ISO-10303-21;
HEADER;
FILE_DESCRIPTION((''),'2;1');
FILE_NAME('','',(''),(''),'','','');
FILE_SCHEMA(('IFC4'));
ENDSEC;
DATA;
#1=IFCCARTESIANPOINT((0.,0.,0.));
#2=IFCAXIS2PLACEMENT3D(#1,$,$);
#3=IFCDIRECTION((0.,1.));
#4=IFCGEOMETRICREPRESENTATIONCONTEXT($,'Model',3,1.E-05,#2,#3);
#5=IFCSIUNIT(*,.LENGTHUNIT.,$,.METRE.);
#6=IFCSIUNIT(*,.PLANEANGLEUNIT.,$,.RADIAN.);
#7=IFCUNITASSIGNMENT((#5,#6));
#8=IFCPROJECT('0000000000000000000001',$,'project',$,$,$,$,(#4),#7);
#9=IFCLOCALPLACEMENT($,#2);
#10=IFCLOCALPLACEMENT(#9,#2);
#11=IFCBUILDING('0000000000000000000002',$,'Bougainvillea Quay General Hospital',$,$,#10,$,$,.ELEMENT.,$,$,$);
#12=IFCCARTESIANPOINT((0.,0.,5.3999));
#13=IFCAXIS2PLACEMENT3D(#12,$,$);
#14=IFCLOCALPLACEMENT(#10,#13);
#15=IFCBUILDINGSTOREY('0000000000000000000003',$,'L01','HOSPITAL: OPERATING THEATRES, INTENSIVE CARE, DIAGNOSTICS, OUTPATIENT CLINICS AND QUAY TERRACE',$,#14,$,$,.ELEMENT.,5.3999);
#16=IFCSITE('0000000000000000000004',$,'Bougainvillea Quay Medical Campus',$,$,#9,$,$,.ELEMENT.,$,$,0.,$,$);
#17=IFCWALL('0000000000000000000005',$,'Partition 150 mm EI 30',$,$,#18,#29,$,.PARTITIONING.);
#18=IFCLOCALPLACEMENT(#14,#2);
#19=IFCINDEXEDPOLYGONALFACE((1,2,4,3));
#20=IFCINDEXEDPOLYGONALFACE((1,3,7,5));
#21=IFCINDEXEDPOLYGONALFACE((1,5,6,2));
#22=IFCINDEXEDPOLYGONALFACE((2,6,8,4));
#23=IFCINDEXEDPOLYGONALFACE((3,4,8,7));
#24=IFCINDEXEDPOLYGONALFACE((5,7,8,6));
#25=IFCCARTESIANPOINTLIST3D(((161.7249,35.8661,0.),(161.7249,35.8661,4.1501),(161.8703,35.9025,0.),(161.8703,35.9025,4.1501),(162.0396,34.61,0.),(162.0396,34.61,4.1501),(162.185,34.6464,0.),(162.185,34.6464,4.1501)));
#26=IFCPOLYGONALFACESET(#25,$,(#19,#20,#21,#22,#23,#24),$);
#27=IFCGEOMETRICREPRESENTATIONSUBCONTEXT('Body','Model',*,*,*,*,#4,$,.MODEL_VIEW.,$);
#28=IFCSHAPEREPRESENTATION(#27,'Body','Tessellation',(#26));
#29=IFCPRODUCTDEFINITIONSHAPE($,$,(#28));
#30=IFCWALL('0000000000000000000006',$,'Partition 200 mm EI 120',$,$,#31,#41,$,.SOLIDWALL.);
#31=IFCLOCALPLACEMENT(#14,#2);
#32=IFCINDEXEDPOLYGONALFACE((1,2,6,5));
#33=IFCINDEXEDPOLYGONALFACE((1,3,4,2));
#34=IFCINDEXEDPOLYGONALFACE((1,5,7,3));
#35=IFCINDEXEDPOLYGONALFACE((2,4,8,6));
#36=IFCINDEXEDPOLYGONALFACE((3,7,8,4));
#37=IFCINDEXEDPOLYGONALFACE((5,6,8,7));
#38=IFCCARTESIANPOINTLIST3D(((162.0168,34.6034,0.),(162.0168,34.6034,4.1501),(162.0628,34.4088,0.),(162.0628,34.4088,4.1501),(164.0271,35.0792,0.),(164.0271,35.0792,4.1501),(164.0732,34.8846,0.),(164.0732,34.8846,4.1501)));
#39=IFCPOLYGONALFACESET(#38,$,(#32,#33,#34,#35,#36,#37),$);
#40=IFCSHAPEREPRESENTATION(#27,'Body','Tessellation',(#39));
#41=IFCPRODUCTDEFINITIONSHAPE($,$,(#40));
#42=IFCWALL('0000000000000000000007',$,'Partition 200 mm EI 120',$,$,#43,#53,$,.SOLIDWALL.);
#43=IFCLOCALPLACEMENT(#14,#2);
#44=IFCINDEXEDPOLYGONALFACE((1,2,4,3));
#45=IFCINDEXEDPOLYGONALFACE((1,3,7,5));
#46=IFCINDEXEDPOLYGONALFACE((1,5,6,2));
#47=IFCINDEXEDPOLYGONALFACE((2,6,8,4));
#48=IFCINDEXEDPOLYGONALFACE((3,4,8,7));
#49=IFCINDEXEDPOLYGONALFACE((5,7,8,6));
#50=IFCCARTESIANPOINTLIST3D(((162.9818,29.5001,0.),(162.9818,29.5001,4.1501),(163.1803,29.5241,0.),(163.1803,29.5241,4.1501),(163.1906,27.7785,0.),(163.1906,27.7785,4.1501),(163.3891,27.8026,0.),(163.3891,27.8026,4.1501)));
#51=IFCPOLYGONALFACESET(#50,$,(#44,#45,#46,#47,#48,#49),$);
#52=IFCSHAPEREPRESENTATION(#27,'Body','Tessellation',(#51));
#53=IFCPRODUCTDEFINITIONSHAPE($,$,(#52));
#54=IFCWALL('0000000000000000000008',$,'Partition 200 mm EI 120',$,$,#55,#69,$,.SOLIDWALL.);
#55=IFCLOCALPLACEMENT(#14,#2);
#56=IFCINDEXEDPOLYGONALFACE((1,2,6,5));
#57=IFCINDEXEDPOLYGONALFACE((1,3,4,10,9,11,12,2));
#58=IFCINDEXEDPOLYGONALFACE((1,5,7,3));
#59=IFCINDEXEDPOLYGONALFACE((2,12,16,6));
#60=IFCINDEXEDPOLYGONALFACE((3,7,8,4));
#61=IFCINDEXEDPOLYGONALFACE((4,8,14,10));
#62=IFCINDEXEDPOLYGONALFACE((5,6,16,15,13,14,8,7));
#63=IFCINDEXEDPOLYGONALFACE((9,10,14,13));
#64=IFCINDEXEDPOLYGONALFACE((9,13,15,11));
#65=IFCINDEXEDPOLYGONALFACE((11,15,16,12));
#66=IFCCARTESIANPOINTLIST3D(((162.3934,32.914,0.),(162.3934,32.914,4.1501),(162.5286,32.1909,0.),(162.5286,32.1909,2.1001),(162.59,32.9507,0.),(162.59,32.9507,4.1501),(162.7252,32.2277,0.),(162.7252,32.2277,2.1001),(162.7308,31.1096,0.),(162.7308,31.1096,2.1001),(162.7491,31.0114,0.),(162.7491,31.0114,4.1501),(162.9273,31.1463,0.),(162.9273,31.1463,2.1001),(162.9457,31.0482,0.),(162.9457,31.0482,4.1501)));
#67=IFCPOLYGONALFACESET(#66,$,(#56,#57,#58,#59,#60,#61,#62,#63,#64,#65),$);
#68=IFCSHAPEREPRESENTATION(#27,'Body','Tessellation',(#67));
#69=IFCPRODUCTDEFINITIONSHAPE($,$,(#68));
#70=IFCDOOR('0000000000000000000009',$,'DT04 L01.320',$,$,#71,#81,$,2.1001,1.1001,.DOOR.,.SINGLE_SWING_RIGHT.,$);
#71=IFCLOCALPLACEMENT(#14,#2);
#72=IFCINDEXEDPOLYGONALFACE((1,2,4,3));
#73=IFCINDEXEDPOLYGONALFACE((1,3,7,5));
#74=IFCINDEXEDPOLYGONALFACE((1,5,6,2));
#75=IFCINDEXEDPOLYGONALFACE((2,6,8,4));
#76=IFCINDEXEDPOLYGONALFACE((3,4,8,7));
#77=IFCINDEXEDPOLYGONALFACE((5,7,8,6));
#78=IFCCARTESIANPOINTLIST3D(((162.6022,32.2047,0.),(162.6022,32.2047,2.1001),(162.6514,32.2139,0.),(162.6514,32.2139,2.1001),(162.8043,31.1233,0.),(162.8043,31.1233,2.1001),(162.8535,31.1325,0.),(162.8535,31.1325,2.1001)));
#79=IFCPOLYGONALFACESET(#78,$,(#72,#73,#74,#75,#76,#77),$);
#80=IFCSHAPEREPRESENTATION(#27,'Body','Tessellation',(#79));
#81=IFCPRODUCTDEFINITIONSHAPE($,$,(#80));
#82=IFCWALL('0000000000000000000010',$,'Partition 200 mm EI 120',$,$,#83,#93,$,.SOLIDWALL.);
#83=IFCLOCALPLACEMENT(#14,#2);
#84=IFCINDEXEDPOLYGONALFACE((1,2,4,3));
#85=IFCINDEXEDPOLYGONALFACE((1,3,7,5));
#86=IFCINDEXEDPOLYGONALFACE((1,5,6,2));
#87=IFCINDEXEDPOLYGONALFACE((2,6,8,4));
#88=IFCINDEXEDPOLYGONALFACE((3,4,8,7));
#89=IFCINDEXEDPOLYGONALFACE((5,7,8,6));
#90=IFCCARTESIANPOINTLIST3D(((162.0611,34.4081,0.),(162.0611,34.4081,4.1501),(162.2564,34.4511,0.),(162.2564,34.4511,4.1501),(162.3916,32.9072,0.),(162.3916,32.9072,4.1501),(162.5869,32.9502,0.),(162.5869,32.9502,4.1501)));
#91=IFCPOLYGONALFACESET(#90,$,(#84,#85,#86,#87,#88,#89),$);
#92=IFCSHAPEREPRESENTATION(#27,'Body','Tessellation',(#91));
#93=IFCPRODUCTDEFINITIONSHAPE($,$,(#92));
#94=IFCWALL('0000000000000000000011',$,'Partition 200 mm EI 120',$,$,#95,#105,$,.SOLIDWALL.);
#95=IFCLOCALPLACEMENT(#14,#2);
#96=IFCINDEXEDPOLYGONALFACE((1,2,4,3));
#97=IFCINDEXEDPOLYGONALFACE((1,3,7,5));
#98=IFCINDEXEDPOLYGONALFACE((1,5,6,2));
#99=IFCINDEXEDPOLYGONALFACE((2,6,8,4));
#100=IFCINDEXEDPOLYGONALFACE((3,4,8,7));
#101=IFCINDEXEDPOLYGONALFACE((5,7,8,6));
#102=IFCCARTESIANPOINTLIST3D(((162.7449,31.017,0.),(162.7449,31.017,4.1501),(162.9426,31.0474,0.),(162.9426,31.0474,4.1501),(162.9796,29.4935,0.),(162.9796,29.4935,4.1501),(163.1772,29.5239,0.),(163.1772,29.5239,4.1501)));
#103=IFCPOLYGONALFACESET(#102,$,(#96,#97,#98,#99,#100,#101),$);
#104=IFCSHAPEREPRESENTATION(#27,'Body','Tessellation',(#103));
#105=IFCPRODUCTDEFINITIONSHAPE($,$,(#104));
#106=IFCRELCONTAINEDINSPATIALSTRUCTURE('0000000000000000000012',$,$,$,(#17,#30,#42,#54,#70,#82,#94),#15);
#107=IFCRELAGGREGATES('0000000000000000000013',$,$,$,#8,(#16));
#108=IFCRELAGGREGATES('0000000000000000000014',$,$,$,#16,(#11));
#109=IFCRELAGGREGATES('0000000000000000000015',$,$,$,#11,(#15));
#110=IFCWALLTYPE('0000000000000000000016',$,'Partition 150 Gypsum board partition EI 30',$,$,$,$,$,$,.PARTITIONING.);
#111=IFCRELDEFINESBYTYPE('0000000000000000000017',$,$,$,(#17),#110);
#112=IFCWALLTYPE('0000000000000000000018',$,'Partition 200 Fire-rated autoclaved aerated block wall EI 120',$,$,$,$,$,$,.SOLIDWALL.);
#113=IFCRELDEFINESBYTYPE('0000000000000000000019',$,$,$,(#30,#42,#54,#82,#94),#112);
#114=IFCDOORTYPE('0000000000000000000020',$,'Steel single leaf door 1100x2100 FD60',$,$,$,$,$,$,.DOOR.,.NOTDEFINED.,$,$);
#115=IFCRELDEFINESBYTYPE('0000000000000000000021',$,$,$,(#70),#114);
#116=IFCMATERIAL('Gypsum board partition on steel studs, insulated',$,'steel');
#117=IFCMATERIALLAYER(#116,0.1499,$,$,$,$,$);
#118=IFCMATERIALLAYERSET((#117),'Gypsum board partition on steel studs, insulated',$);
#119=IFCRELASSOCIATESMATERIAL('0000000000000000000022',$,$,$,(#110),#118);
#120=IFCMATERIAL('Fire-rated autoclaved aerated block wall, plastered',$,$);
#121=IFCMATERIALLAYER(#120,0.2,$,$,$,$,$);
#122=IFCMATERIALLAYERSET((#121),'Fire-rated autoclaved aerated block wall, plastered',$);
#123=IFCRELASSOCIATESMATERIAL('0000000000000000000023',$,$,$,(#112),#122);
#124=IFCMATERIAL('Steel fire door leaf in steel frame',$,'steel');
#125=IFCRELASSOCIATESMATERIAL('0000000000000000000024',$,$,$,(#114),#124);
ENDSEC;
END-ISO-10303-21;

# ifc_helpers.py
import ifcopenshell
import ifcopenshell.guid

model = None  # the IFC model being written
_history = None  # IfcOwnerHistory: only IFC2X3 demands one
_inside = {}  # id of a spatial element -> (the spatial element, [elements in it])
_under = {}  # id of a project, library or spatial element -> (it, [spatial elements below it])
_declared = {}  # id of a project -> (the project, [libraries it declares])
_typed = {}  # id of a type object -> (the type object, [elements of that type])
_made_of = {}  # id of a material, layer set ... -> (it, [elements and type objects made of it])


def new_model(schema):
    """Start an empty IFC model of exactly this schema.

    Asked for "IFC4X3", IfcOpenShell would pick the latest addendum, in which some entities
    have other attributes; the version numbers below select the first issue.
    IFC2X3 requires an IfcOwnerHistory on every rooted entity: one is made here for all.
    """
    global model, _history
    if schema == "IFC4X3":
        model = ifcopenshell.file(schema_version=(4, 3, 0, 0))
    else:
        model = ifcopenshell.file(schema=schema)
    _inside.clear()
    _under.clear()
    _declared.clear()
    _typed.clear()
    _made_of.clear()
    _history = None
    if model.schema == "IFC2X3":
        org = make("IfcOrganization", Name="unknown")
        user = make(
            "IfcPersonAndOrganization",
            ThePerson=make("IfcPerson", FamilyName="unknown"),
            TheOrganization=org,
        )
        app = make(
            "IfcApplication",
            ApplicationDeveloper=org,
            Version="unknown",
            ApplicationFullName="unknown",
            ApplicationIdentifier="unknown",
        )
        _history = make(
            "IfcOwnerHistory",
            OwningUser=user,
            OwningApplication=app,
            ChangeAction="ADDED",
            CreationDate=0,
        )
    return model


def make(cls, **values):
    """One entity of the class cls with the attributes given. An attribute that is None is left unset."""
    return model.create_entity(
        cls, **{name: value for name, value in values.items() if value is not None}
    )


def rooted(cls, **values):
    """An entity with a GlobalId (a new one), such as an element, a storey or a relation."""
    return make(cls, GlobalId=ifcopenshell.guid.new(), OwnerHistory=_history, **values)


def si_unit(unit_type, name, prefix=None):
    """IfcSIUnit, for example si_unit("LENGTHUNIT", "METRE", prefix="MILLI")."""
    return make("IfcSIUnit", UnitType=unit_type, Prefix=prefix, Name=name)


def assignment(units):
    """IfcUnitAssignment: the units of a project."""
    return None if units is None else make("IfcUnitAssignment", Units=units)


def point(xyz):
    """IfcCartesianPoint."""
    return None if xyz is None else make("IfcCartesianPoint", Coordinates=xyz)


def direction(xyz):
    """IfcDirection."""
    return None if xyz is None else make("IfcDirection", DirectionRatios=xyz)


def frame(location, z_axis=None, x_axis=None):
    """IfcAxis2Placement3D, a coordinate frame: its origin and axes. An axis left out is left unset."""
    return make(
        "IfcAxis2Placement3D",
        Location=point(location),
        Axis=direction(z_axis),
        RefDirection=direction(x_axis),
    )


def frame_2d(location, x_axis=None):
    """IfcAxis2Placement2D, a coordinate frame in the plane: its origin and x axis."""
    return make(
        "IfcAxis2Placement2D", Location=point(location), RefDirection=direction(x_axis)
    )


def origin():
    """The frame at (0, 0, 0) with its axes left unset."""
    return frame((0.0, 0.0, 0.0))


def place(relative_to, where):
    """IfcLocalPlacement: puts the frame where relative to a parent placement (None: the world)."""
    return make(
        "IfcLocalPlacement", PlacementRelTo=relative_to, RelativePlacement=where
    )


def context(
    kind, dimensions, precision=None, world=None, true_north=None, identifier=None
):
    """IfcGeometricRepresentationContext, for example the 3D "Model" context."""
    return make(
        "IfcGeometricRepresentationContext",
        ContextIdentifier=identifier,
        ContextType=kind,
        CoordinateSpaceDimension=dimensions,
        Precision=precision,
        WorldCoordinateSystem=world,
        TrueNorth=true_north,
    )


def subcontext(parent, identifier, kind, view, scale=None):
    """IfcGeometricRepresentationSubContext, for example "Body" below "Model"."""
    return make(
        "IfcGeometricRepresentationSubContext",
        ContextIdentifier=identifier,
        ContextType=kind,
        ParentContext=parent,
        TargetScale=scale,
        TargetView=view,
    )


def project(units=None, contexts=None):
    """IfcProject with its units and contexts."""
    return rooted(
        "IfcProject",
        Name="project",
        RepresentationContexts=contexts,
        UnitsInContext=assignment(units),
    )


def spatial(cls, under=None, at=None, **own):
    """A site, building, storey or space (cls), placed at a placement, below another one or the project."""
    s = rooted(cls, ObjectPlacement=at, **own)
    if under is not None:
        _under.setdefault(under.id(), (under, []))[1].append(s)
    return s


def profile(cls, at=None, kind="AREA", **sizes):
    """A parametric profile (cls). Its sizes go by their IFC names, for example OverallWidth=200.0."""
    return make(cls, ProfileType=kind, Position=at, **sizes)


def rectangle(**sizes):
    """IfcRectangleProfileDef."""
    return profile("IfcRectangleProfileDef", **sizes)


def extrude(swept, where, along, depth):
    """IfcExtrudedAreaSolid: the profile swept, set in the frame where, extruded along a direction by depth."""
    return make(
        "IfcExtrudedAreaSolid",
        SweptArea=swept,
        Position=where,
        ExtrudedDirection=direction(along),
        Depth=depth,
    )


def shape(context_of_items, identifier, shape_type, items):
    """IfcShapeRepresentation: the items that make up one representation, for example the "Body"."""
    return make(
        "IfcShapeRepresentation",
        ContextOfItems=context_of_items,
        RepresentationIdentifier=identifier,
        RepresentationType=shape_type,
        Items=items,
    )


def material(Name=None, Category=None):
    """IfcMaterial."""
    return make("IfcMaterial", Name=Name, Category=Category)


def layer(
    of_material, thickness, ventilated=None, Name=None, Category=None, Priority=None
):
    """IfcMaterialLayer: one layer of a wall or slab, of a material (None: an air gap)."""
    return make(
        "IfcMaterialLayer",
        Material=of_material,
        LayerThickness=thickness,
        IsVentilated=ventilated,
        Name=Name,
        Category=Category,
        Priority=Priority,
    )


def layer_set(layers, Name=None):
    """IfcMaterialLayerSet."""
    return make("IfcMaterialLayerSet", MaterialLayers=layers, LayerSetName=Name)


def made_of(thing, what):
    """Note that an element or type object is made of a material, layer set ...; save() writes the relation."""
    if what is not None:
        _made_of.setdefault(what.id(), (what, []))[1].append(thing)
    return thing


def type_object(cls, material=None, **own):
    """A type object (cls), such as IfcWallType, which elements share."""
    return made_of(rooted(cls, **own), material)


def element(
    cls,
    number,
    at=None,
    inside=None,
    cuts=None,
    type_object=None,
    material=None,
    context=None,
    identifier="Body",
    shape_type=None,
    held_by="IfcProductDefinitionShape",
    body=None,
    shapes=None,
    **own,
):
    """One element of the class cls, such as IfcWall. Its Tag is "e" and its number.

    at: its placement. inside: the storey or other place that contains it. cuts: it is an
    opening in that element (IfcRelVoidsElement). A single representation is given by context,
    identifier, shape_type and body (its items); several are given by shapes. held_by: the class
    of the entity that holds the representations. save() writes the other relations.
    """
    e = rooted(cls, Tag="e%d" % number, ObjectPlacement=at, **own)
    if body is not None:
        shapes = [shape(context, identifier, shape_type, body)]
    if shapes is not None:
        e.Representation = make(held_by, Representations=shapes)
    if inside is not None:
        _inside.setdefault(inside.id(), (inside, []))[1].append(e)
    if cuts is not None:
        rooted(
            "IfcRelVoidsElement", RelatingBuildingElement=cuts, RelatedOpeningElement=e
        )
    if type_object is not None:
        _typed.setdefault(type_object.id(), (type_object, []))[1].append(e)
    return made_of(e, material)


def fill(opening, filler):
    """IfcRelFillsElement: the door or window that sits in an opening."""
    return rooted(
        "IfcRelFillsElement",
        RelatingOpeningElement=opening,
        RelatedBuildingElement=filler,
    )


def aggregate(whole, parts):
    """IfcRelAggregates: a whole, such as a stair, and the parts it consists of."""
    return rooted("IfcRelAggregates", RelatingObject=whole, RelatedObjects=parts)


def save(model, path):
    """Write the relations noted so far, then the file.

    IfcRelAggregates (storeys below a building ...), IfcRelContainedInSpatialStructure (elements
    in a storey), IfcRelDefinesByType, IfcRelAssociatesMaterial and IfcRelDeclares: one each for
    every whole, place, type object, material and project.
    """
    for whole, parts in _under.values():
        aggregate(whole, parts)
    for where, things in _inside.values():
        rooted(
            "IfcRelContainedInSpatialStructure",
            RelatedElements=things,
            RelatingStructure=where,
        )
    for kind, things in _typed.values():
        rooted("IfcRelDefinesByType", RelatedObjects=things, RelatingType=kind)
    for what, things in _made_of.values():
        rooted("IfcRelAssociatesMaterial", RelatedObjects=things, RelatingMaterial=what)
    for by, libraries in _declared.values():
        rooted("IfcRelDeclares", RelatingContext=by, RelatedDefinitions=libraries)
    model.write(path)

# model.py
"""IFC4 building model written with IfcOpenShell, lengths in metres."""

from ifc_helpers import new_model, si_unit, direction, frame, frame_2d, origin, place, context, subcontext, project, spatial, rectangle, extrude, material, layer, layer_set, type_object, element, fill, save


model = new_model("IFC4")

# Units and contexts
model_context = context("Model", 3, precision=1e-05, world=origin(), true_north=direction((0.0, 1.0)))
body_context = subcontext(model_context, "Body", "Model", "MODEL_VIEW")
ifc_project = project(units=[si_unit("LENGTHUNIT", "METRE"), si_unit("PLANEANGLEUNIT", "RADIAN")], contexts=[model_context])

# Site, building, storey
site_placement = place(None, origin())
site = spatial("IfcSite", under=ifc_project, at=site_placement, Name="Bougainvillea Quay Medical Campus", CompositionType="ELEMENT", RefElevation=0.0)
building_placement = place(site_placement, origin())
building = spatial("IfcBuilding", under=site, at=building_placement, Name="Bougainvillea Quay General Hospital", CompositionType="ELEMENT")
storey_placement = place(building_placement, frame((0.0, 0.0, 5.3999)))
storey = spatial("IfcBuildingStorey", under=building, at=storey_placement, Name="L01", Description="HOSPITAL: OPERATING THEATRES, INTENSIVE CARE, DIAGNOSTICS, OUTPATIENT CLINICS AND QUAY TERRACE", CompositionType="ELEMENT", Elevation=5.3999)

# Walls
ifc_material_1 = material(Name="Gypsum board partition on steel studs, insulated", Category="steel")
ifc_layer_1 = layer(ifc_material_1, 0.1499)
ifc_layer_set_1 = layer_set([ifc_layer_1], Name="Gypsum board partition on steel studs, insulated")
wall_type_1 = type_object("IfcWallType", Name="Partition 150 Gypsum board partition EI 30", PredefinedType="PARTITIONING", material=ifc_layer_set_1)
wall_1_placement = place(storey_placement, frame((161.7976, 35.8843, 0.0), z_axis=(0.0, 0.0, 1.0), x_axis=(0.243024, -0.97002, 0.0)))
element("IfcWall", 1, at=wall_1_placement, inside=storey, type_object=wall_type_1, Name="Partition 150 mm EI 30", PredefinedType="PARTITIONING", context=body_context, shape_type="SweptSolid", body=[
    extrude(rectangle(XDim=1.2949, YDim=0.1499, at=frame_2d((0.6475, 0.0))), origin(), (0.0, 0.0, 1.0), 4.1501),
])
ifc_material_2 = material(Name="Fire-rated autoclaved aerated block wall, plastered")
ifc_layer_2 = layer(ifc_material_2, 0.2)
ifc_layer_set_2 = layer_set([ifc_layer_2], Name="Fire-rated autoclaved aerated block wall, plastered")
wall_type_2 = type_object("IfcWallType", Name="Partition 200 Fire-rated autoclaved aerated block wall EI 120", PredefinedType="SOLIDWALL", material=ifc_layer_set_2)
wall_2_placement = place(storey_placement, frame((162.0398, 34.5061, 0.0), z_axis=(0.0, 0.0, 1.0), x_axis=(0.973117, 0.23031, 0.0)))
element("IfcWall", 2, at=wall_2_placement, inside=storey, type_object=wall_type_2, Name="Partition 200 mm EI 120", PredefinedType="SOLIDWALL", context=body_context, shape_type="SweptSolid", body=[
    extrude(rectangle(XDim=2.0659, YDim=0.2, at=frame_2d((1.033, 0.0))), origin(), (0.0, 0.0, 1.0), 4.1501),
])
wall_3_placement = place(storey_placement, frame((163.0811, 29.5122, 0.0), z_axis=(0.0, 0.0, 1.0), x_axis=(0.120378, -0.992728, 0.0)))
element("IfcWall", 3, at=wall_3_placement, inside=storey, type_object=wall_type_2, Name="Partition 200 mm EI 120", PredefinedType="SOLIDWALL", context=body_context, shape_type="SweptSolid", body=[
    extrude(rectangle(XDim=1.7341, YDim=0.2, at=frame_2d((0.8672, 0.0))), origin(), (0.0, 0.0, 1.0), 4.1501),
])

# Wall, opening, door
wall_4_placement = place(storey_placement, frame((162.4917, 32.9324, 0.0), z_axis=(0.0, 0.0, 1.0), x_axis=(0.183778, -0.982968, 0.0)))
wall_4 = element("IfcWall", 4, at=wall_4_placement, inside=storey, type_object=wall_type_2, Name="Partition 200 mm EI 120", PredefinedType="SOLIDWALL", context=body_context, shape_type="SweptSolid", body=[
    extrude(rectangle(XDim=1.9355, YDim=0.2, at=frame_2d((0.9678, 0.0))), origin(), (0.0, 0.0, 1.0), 4.1501),
])
opening_placement = place(wall_4_placement, frame((0.7356, 0.0, 0.0)))
opening = element("IfcOpeningElement", 5, at=opening_placement, cuts=wall_4, PredefinedType="OPENING", context=body_context, shape_type="SweptSolid", body=[
    extrude(rectangle(XDim=1.1001, YDim=2.1001, at=frame_2d((0.55, 1.05))), frame((0.0, 0.1099, 0.0), z_axis=(0.0, -1.0, 0.0), x_axis=(1.0, 0.0, 0.0)), (0.0, 0.0, 1.0), 0.22),
])
ifc_material_3 = material(Name="Steel fire door leaf in steel frame", Category="steel")
door_type = type_object("IfcDoorType", Name="Steel single leaf door 1100x2100 FD60", OperationType="NOTDEFINED", PredefinedType="DOOR", material=ifc_material_3)
door_placement = place(opening_placement, origin())
door = element("IfcDoor", 6, at=door_placement, inside=storey, type_object=door_type, Name="DT04 L01.320", OperationType="SINGLE_SWING_RIGHT", OverallHeight=2.1001, OverallWidth=1.1001, PredefinedType="DOOR", context=body_context, shape_type="SweptSolid", body=[
    extrude(rectangle(XDim=1.1001, YDim=2.1001, at=frame_2d((0.55, 1.05))), frame((0.0, 0.0249, 0.0), z_axis=(0.0, -1.0, 0.0), x_axis=(1.0, 0.0, 0.0)), (0.0, 0.0, 1.0), 0.05),
])
fill(opening, door)

# Walls
wall_5_placement = place(storey_placement, frame((162.1587, 34.4297, 0.0), z_axis=(0.0, 0.0, 1.0), x_axis=(0.21508, -0.976596, 0.0)))
element("IfcWall", 7, at=wall_5_placement, inside=storey, type_object=wall_type_2, Name="Partition 200 mm EI 120", PredefinedType="SOLIDWALL", context=body_context, shape_type="SweptSolid", body=[
    extrude(rectangle(XDim=1.5369, YDim=0.2, at=frame_2d((0.7686, 0.0))), origin(), (0.0, 0.0, 1.0), 4.1501),
])
wall_6_placement = place(storey_placement, frame((162.8438, 31.0322, 0.0), z_axis=(0.0, 0.0, 1.0), x_axis=(0.152212, -0.988348, 0.0)))
element("IfcWall", 8, at=wall_6_placement, inside=storey, type_object=wall_type_2, Name="Partition 200 mm EI 120", PredefinedType="SOLIDWALL", context=body_context, shape_type="SweptSolid", body=[
    extrude(rectangle(XDim=1.5415, YDim=0.2, at=frame_2d((0.7708, 0.0))), origin(), (0.0, 0.0, 1.0), 4.1501),
])

save(model, "model.ifc")
